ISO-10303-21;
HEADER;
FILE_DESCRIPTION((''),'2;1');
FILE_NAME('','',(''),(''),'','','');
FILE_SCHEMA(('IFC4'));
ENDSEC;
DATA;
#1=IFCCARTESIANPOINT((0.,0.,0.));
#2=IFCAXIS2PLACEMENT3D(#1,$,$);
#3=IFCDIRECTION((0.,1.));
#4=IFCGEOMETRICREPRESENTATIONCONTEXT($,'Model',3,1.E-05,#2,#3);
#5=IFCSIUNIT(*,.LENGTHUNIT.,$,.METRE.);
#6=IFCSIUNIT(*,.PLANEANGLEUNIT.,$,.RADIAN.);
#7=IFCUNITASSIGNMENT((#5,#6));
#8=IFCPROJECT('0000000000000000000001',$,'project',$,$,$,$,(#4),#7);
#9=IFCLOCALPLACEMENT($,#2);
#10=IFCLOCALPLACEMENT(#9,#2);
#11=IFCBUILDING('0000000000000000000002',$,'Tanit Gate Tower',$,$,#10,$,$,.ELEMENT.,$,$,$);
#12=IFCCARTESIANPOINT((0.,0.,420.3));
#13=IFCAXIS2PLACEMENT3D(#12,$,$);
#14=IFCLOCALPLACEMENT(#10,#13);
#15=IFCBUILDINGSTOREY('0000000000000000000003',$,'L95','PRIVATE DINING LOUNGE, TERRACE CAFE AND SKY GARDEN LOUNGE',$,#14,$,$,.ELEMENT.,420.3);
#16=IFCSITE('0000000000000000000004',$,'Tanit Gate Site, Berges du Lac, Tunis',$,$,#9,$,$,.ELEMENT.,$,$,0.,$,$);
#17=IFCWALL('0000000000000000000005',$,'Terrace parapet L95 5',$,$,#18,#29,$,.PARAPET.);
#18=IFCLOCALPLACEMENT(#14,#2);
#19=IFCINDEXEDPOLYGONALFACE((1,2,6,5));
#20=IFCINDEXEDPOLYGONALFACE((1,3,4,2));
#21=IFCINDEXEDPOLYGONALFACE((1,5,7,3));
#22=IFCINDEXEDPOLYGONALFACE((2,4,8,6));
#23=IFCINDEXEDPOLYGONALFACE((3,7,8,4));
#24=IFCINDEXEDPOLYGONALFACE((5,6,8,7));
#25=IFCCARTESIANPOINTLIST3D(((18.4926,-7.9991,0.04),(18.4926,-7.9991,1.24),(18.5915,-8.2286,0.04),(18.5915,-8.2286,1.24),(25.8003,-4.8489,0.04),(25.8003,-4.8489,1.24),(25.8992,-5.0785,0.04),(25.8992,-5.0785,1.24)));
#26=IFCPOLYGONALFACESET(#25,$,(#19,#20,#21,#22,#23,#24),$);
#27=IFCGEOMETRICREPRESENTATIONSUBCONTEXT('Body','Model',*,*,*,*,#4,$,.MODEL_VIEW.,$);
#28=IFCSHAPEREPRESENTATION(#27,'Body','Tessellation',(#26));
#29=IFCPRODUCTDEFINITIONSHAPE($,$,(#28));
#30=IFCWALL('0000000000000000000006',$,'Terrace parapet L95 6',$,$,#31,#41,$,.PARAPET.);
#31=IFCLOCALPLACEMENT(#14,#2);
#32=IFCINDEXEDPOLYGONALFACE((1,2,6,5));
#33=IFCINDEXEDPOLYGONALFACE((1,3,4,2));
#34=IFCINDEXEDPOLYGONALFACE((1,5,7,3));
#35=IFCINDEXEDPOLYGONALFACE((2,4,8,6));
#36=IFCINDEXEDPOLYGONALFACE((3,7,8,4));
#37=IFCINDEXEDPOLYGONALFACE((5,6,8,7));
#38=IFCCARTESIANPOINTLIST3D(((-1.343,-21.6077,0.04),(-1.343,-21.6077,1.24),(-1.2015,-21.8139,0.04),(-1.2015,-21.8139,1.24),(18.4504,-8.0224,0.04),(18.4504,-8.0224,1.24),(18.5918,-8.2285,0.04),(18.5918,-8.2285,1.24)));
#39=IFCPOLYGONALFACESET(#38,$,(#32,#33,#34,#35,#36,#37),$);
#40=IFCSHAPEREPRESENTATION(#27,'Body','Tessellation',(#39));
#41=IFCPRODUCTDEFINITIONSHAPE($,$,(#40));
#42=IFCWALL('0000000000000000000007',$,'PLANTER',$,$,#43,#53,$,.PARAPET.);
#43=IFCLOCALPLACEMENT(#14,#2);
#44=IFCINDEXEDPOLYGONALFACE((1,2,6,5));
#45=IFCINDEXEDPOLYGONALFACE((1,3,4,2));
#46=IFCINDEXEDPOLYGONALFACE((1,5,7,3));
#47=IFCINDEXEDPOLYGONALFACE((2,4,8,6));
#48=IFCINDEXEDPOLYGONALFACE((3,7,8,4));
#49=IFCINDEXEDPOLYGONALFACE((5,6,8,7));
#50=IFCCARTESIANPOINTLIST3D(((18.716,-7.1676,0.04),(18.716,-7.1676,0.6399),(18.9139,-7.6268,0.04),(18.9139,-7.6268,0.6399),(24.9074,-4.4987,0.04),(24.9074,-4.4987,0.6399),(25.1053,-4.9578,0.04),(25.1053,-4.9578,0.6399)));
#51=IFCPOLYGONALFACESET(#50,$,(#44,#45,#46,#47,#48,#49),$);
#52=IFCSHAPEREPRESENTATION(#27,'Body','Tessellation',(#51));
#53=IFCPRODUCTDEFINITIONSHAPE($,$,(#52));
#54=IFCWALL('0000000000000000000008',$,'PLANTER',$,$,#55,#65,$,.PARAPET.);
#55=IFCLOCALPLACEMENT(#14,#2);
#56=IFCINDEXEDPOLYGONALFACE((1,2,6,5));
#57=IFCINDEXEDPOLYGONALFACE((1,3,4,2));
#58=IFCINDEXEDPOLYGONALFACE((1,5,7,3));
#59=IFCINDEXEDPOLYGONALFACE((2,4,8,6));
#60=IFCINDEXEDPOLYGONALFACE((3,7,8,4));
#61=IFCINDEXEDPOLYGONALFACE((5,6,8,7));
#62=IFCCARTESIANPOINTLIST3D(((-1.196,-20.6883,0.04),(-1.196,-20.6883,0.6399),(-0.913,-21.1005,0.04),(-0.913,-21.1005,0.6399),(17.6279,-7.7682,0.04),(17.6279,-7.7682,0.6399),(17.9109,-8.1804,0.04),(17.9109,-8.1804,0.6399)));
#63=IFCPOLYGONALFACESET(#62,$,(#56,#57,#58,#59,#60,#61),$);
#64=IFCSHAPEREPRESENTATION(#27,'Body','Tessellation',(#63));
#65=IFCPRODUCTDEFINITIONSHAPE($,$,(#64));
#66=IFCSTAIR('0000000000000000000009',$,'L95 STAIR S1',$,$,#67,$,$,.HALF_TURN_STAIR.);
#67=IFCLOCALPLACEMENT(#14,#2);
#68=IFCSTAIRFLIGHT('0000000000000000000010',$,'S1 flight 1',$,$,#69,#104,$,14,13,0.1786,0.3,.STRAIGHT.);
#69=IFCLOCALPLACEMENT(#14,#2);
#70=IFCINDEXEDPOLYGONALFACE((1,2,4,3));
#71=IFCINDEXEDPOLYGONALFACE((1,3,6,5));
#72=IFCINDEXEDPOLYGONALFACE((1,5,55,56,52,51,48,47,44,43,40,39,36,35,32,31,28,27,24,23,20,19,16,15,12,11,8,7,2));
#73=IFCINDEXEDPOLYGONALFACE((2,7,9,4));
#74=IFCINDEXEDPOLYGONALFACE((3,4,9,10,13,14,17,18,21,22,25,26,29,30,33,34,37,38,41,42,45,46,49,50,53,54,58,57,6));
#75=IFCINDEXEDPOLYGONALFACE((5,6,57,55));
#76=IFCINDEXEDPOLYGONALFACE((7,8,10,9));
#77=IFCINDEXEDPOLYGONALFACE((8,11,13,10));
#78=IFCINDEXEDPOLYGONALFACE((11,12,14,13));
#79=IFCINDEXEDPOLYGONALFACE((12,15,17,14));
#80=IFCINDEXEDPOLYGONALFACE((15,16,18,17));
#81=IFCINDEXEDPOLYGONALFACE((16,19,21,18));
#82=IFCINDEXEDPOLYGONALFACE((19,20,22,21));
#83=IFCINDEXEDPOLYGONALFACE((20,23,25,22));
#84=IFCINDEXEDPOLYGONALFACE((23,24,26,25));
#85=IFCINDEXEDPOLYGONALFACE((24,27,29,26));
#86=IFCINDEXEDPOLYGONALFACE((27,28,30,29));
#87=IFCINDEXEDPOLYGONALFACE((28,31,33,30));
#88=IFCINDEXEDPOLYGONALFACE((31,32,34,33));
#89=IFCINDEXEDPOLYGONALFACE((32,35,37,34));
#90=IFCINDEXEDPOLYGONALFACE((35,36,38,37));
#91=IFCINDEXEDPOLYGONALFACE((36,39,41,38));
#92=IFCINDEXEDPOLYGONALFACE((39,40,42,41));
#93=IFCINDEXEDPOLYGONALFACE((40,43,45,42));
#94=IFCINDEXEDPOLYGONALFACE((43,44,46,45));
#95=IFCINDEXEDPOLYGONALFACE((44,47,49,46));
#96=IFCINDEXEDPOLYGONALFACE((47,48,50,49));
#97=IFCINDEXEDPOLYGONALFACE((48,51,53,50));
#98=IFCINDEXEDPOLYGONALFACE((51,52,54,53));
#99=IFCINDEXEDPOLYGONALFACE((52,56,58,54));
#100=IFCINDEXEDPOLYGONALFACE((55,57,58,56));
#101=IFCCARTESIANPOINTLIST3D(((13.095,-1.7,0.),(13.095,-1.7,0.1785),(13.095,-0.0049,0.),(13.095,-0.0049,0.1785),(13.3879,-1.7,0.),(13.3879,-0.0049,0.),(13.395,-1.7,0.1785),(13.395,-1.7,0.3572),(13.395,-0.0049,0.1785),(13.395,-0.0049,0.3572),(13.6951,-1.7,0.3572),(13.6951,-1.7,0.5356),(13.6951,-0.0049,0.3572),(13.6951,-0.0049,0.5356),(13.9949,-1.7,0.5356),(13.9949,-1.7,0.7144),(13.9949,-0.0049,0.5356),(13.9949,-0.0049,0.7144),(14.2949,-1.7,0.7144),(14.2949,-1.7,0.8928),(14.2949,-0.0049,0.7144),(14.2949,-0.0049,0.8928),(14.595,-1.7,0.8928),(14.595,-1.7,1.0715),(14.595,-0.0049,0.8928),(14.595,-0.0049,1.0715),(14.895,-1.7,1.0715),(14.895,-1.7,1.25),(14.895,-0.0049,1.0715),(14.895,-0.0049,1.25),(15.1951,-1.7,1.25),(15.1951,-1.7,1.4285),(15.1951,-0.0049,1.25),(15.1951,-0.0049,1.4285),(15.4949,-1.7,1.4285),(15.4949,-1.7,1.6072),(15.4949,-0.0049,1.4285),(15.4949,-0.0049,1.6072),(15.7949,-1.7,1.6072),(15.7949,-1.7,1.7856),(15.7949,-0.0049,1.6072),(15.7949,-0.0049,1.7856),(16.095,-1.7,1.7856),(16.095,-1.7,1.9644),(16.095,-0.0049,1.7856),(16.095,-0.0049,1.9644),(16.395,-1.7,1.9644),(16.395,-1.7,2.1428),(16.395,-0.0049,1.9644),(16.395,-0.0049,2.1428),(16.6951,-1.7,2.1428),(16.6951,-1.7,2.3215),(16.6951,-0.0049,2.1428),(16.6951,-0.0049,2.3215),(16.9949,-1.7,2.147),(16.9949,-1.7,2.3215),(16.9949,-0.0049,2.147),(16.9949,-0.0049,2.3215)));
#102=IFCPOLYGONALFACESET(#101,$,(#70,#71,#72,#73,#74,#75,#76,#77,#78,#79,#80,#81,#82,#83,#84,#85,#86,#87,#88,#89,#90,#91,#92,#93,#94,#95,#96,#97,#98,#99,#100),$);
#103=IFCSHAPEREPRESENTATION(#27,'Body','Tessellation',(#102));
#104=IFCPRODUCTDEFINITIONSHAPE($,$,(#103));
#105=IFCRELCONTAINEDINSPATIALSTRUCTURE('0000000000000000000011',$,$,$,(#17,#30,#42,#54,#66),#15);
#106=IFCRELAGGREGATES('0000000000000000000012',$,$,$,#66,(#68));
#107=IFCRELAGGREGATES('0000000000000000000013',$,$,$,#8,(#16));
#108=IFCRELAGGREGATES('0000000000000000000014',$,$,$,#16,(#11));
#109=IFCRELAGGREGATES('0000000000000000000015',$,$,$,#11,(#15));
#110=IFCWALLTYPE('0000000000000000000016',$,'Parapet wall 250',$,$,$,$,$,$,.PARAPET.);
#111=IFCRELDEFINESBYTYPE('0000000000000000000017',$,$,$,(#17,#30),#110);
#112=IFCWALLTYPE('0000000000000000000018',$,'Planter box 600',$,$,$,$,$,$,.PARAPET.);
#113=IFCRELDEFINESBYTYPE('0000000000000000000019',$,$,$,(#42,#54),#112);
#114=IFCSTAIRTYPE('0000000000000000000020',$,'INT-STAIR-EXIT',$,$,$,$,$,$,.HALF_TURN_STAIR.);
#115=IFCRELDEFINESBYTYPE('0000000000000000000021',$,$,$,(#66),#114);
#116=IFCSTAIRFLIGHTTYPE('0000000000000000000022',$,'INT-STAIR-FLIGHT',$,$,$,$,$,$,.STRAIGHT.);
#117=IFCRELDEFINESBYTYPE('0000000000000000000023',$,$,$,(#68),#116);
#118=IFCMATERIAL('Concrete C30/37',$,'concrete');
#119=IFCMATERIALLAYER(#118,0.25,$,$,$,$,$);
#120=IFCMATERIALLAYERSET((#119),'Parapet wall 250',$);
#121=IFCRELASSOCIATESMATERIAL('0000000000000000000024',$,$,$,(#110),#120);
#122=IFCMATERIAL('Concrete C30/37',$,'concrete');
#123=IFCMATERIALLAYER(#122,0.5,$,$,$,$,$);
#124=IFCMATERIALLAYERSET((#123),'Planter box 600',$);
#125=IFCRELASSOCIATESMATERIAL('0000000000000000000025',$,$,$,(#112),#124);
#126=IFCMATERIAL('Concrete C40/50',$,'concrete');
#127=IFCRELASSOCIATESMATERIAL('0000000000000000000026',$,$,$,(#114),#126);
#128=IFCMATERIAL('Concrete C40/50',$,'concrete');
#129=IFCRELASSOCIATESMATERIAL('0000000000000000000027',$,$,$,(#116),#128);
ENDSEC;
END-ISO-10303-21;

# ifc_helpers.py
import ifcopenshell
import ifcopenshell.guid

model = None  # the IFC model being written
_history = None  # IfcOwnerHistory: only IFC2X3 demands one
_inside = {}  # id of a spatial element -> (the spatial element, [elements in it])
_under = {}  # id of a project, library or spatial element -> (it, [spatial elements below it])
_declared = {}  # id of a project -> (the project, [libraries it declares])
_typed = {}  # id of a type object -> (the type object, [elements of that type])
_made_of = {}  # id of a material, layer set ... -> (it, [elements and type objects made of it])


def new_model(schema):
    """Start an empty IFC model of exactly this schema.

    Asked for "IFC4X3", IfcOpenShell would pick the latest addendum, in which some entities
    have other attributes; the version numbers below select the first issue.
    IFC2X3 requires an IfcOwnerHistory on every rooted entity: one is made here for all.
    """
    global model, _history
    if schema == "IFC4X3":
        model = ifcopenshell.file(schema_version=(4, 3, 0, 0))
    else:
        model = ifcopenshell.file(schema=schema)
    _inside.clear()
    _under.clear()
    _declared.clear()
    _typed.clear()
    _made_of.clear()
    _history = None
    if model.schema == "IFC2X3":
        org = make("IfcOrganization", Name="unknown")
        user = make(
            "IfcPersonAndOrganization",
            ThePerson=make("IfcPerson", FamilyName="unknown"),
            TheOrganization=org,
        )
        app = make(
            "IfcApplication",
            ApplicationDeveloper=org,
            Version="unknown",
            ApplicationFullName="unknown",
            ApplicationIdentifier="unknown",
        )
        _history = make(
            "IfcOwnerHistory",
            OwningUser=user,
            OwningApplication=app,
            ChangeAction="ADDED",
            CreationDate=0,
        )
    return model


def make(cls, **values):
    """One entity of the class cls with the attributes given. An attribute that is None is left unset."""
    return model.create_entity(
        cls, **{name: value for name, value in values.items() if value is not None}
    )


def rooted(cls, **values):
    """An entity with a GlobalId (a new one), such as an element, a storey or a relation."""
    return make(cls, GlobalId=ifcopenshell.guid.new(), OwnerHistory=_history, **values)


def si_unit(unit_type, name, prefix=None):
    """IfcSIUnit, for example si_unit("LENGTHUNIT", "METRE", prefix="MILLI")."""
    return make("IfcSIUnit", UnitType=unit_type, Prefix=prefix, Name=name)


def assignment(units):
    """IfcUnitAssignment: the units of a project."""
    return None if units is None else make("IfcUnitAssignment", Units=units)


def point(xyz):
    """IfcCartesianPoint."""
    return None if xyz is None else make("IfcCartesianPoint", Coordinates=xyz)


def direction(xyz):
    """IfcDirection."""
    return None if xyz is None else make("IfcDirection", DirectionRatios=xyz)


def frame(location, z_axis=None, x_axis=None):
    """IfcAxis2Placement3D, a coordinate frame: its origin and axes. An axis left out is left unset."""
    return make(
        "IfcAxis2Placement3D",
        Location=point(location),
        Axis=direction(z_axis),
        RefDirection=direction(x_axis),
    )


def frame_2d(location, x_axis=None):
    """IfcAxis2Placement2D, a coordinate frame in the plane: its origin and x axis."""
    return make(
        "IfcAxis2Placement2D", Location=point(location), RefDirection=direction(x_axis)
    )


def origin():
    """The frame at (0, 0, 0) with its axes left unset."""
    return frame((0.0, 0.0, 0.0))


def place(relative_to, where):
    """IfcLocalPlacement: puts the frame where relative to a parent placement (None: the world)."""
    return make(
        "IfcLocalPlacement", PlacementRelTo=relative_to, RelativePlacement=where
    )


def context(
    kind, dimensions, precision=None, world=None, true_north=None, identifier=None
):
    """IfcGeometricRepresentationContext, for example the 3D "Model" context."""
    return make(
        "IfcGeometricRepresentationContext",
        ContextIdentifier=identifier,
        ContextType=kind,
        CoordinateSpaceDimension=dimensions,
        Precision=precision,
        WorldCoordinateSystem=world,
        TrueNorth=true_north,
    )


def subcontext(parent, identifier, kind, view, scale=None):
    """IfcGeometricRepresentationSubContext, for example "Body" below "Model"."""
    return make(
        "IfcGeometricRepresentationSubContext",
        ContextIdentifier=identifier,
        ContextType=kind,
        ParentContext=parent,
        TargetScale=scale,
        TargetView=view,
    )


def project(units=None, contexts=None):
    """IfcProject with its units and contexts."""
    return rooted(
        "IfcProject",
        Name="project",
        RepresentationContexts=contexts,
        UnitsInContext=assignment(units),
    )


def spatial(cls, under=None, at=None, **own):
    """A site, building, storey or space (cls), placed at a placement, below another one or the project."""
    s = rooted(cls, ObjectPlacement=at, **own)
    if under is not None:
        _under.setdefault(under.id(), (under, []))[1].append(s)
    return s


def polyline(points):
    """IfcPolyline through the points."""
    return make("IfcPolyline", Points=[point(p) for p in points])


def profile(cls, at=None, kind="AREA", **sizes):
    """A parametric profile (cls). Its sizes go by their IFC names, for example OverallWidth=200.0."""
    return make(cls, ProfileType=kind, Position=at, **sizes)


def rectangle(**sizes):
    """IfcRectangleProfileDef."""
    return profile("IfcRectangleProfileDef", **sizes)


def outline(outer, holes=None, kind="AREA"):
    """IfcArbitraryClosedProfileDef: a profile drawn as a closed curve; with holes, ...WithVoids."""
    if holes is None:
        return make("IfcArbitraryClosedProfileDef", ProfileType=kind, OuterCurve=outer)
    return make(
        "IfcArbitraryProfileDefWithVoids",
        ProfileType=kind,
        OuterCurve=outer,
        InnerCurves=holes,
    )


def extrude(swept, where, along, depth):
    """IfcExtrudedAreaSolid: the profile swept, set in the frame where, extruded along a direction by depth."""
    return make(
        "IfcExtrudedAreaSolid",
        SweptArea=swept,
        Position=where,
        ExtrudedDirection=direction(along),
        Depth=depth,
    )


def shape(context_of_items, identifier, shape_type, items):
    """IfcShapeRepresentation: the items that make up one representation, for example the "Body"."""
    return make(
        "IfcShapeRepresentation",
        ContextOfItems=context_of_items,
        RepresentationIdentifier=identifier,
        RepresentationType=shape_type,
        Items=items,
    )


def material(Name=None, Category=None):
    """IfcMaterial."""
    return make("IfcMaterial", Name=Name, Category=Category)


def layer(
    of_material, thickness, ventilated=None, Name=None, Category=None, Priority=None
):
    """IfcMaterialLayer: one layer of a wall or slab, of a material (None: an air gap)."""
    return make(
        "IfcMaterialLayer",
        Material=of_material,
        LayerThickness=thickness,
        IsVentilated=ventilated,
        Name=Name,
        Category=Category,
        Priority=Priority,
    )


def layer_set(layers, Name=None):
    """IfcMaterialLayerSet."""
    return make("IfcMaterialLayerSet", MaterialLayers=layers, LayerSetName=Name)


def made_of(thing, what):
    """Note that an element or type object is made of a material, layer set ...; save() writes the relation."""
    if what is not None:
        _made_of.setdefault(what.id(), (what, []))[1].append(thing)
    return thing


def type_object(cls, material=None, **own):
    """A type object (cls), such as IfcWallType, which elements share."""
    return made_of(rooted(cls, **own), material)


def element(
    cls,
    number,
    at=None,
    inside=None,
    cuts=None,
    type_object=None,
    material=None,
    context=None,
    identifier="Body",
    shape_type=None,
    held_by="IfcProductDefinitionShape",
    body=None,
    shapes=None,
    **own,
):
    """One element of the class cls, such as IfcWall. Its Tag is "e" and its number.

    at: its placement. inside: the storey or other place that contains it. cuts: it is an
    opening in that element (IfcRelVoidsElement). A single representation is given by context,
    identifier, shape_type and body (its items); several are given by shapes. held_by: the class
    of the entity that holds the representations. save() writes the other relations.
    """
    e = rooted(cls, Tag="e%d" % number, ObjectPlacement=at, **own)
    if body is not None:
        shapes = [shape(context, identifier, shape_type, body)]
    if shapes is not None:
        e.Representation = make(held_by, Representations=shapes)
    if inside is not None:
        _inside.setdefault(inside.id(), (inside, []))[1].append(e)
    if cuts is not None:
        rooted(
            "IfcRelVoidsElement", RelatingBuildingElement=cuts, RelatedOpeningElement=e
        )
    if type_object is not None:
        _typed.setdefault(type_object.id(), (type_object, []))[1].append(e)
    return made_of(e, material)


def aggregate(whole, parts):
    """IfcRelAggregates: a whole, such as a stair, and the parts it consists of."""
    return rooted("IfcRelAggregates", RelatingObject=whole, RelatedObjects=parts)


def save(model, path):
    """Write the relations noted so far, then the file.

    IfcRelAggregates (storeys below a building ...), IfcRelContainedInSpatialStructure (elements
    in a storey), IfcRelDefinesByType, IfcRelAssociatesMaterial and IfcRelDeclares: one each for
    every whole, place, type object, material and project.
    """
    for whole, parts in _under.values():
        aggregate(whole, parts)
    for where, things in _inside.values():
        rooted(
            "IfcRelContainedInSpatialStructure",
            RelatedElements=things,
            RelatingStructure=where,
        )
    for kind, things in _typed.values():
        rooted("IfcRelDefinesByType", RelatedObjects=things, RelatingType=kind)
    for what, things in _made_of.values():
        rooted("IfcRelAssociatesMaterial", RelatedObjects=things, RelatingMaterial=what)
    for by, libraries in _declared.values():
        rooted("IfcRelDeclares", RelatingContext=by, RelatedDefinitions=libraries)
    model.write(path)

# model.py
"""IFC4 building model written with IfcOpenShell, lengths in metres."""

from ifc_helpers import new_model, si_unit, direction, frame, frame_2d, origin, place, context, subcontext, project, spatial, polyline, rectangle, outline, extrude, material, layer, layer_set, type_object, element, aggregate, save


model = new_model("IFC4")

# Units and contexts
model_context = context("Model", 3, precision=1e-05, world=origin(), true_north=direction((0.0, 1.0)))
body_context = subcontext(model_context, "Body", "Model", "MODEL_VIEW")
ifc_project = project(units=[si_unit("LENGTHUNIT", "METRE"), si_unit("PLANEANGLEUNIT", "RADIAN")], contexts=[model_context])

# Site, building, storey
site_placement = place(None, origin())
site = spatial("IfcSite", under=ifc_project, at=site_placement, Name="Tanit Gate Site, Berges du Lac, Tunis", CompositionType="ELEMENT", RefElevation=0.0)
building_placement = place(site_placement, origin())
building = spatial("IfcBuilding", under=site, at=building_placement, Name="Tanit Gate Tower", CompositionType="ELEMENT")
storey_placement = place(building_placement, frame((0.0, 0.0, 420.3)))
storey = spatial("IfcBuildingStorey", under=building, at=storey_placement, Name="L95", Description="PRIVATE DINING LOUNGE, TERRACE CAFE AND SKY GARDEN LOUNGE", CompositionType="ELEMENT", Elevation=420.3)

# Walls
ifc_material_1 = material(Name="Concrete C30/37", Category="concrete")
ifc_layer_1 = layer(ifc_material_1, 0.25)
ifc_layer_set_1 = layer_set([ifc_layer_1], Name="Parapet wall 250")
wall_type_1 = type_object("IfcWallType", Name="Parapet wall 250", PredefinedType="PARAPET", material=ifc_layer_set_1)
wall_1_placement = place(storey_placement, frame((25.8499, -4.9636, 0.04), z_axis=(0.0, 0.0, 1.0), x_axis=(-0.91831, -0.395862, 0.0)))
element("IfcWall", 1, at=wall_1_placement, inside=storey, type_object=wall_type_1, Name="Terrace parapet L95 5", PredefinedType="PARAPET", context=body_context, shape_type="SweptSolid", body=[
    extrude(rectangle(XDim=7.9578, YDim=0.25, at=frame_2d((3.979, 0.0))), origin(), (0.0, 0.0, 1.0), 1.2),
])
wall_2_placement = place(storey_placement, frame((18.521, -8.1255, 0.04), z_axis=(0.0, 0.0, 1.0), x_axis=(-0.82448, -0.565891, 0.0)))
element("IfcWall", 2, at=wall_2_placement, inside=storey, type_object=wall_type_1, Name="Terrace parapet L95 6", PredefinedType="PARAPET", context=body_context, shape_type="SweptSolid", body=[
    extrude(rectangle(XDim=24.0071, YDim=0.25, at=frame_2d((12.0034, 0.0))), origin(), (0.0, 0.0, 1.0), 1.2),
])
ifc_material_2 = material(Name="Concrete C30/37", Category="concrete")
ifc_layer_2 = layer(ifc_material_2, 0.5)
ifc_layer_set_2 = layer_set([ifc_layer_2], Name="Planter box 600")
wall_type_2 = type_object("IfcWallType", Name="Planter box 600", PredefinedType="PARAPET", material=ifc_layer_set_2)
wall_3_placement = place(storey_placement, frame((25.0063, -4.7283, 0.04), z_axis=(0.0, 0.0, 1.0), x_axis=(-0.918311, -0.395859, 0.0)))
element("IfcWall", 3, at=wall_3_placement, inside=storey, type_object=wall_type_2, Name="PLANTER", PredefinedType="PARAPET", context=body_context, shape_type="SweptSolid", body=[
    extrude(rectangle(XDim=6.7422, YDim=0.5, at=frame_2d((3.3711, 0.0))), origin(), (0.0, 0.0, 1.0), 0.5999),
])
wall_4_placement = place(storey_placement, frame((17.7693, -7.9744, 0.04), z_axis=(0.0, 0.0, 1.0), x_axis=(-0.824478, -0.565895, 0.0)))
element("IfcWall", 4, at=wall_4_placement, inside=storey, type_object=wall_type_2, Name="PLANTER", PredefinedType="PARAPET", context=body_context, shape_type="SweptSolid", body=[
    extrude(rectangle(XDim=22.8313, YDim=0.5, at=frame_2d((11.4155, 0.0))), origin(), (0.0, 0.0, 1.0), 0.5999),
])

# Stair, stair flight
ifc_material_3 = material(Name="Concrete C40/50", Category="concrete")
stair_type = type_object("IfcStairType", Name="INT-STAIR-EXIT", PredefinedType="HALF_TURN_STAIR", material=ifc_material_3)
stair_placement = place(storey_placement, origin())
stair = element("IfcStair", 5, at=stair_placement, inside=storey, type_object=stair_type, Name="L95 STAIR S1", PredefinedType="HALF_TURN_STAIR")
ifc_material_4 = material(Name="Concrete C40/50", Category="concrete")
stair_flight_type = type_object("IfcStairFlightType", Name="INT-STAIR-FLIGHT", PredefinedType="STRAIGHT", material=ifc_material_4)
stair_flight_placement = place(storey_placement, frame((13.095, -0.8525, 0.0), z_axis=(0.0, 0.0, 1.0), x_axis=(1.0, 0.0, 0.0)))
stair_flight = element("IfcStairFlight", 6, at=stair_flight_placement, type_object=stair_flight_type, Name="S1 flight 1", NumberOfRisers=14, NumberOfTreads=13, PredefinedType="STRAIGHT", RiserHeight=0.1786, TreadLength=0.3, context=body_context, shape_type="SweptSolid", body=[
    extrude(outline(polyline([(0.0, 0.0), (0.0, 0.1785), (0.3, 0.1785), (0.3, 0.3572), (0.6001, 0.3572), (0.6001, 0.5356), (0.8999, 0.5356), (0.8999, 0.7144), (1.2, 0.7144), (1.2, 0.8928), (1.5, 0.8928), (1.5, 1.0715), (1.8, 1.0715), (1.8, 1.25), (2.1001, 1.25), (2.1001, 1.4285), (2.3999, 1.4285), (2.3999, 1.6072), (2.7, 1.6072), (2.7, 1.7856), (3.0, 1.7856), (3.0, 1.9644), (3.3, 1.9644), (3.3, 2.1428), (3.6001, 2.1428), (3.6001, 2.3215), (3.8999, 2.3215), (3.8999, 2.5), (3.8999, 2.147), (0.293, 0.0), (0.0, 0.0)])), frame((0.0, 0.8477, 0.0), z_axis=(0.0, -1.0, 0.0), x_axis=(1.0, 0.0, 0.0)), (0.0, 0.0, 1.0), 1.6951),
])
aggregate(stair, [stair_flight])

save(model, "model.ifc")
